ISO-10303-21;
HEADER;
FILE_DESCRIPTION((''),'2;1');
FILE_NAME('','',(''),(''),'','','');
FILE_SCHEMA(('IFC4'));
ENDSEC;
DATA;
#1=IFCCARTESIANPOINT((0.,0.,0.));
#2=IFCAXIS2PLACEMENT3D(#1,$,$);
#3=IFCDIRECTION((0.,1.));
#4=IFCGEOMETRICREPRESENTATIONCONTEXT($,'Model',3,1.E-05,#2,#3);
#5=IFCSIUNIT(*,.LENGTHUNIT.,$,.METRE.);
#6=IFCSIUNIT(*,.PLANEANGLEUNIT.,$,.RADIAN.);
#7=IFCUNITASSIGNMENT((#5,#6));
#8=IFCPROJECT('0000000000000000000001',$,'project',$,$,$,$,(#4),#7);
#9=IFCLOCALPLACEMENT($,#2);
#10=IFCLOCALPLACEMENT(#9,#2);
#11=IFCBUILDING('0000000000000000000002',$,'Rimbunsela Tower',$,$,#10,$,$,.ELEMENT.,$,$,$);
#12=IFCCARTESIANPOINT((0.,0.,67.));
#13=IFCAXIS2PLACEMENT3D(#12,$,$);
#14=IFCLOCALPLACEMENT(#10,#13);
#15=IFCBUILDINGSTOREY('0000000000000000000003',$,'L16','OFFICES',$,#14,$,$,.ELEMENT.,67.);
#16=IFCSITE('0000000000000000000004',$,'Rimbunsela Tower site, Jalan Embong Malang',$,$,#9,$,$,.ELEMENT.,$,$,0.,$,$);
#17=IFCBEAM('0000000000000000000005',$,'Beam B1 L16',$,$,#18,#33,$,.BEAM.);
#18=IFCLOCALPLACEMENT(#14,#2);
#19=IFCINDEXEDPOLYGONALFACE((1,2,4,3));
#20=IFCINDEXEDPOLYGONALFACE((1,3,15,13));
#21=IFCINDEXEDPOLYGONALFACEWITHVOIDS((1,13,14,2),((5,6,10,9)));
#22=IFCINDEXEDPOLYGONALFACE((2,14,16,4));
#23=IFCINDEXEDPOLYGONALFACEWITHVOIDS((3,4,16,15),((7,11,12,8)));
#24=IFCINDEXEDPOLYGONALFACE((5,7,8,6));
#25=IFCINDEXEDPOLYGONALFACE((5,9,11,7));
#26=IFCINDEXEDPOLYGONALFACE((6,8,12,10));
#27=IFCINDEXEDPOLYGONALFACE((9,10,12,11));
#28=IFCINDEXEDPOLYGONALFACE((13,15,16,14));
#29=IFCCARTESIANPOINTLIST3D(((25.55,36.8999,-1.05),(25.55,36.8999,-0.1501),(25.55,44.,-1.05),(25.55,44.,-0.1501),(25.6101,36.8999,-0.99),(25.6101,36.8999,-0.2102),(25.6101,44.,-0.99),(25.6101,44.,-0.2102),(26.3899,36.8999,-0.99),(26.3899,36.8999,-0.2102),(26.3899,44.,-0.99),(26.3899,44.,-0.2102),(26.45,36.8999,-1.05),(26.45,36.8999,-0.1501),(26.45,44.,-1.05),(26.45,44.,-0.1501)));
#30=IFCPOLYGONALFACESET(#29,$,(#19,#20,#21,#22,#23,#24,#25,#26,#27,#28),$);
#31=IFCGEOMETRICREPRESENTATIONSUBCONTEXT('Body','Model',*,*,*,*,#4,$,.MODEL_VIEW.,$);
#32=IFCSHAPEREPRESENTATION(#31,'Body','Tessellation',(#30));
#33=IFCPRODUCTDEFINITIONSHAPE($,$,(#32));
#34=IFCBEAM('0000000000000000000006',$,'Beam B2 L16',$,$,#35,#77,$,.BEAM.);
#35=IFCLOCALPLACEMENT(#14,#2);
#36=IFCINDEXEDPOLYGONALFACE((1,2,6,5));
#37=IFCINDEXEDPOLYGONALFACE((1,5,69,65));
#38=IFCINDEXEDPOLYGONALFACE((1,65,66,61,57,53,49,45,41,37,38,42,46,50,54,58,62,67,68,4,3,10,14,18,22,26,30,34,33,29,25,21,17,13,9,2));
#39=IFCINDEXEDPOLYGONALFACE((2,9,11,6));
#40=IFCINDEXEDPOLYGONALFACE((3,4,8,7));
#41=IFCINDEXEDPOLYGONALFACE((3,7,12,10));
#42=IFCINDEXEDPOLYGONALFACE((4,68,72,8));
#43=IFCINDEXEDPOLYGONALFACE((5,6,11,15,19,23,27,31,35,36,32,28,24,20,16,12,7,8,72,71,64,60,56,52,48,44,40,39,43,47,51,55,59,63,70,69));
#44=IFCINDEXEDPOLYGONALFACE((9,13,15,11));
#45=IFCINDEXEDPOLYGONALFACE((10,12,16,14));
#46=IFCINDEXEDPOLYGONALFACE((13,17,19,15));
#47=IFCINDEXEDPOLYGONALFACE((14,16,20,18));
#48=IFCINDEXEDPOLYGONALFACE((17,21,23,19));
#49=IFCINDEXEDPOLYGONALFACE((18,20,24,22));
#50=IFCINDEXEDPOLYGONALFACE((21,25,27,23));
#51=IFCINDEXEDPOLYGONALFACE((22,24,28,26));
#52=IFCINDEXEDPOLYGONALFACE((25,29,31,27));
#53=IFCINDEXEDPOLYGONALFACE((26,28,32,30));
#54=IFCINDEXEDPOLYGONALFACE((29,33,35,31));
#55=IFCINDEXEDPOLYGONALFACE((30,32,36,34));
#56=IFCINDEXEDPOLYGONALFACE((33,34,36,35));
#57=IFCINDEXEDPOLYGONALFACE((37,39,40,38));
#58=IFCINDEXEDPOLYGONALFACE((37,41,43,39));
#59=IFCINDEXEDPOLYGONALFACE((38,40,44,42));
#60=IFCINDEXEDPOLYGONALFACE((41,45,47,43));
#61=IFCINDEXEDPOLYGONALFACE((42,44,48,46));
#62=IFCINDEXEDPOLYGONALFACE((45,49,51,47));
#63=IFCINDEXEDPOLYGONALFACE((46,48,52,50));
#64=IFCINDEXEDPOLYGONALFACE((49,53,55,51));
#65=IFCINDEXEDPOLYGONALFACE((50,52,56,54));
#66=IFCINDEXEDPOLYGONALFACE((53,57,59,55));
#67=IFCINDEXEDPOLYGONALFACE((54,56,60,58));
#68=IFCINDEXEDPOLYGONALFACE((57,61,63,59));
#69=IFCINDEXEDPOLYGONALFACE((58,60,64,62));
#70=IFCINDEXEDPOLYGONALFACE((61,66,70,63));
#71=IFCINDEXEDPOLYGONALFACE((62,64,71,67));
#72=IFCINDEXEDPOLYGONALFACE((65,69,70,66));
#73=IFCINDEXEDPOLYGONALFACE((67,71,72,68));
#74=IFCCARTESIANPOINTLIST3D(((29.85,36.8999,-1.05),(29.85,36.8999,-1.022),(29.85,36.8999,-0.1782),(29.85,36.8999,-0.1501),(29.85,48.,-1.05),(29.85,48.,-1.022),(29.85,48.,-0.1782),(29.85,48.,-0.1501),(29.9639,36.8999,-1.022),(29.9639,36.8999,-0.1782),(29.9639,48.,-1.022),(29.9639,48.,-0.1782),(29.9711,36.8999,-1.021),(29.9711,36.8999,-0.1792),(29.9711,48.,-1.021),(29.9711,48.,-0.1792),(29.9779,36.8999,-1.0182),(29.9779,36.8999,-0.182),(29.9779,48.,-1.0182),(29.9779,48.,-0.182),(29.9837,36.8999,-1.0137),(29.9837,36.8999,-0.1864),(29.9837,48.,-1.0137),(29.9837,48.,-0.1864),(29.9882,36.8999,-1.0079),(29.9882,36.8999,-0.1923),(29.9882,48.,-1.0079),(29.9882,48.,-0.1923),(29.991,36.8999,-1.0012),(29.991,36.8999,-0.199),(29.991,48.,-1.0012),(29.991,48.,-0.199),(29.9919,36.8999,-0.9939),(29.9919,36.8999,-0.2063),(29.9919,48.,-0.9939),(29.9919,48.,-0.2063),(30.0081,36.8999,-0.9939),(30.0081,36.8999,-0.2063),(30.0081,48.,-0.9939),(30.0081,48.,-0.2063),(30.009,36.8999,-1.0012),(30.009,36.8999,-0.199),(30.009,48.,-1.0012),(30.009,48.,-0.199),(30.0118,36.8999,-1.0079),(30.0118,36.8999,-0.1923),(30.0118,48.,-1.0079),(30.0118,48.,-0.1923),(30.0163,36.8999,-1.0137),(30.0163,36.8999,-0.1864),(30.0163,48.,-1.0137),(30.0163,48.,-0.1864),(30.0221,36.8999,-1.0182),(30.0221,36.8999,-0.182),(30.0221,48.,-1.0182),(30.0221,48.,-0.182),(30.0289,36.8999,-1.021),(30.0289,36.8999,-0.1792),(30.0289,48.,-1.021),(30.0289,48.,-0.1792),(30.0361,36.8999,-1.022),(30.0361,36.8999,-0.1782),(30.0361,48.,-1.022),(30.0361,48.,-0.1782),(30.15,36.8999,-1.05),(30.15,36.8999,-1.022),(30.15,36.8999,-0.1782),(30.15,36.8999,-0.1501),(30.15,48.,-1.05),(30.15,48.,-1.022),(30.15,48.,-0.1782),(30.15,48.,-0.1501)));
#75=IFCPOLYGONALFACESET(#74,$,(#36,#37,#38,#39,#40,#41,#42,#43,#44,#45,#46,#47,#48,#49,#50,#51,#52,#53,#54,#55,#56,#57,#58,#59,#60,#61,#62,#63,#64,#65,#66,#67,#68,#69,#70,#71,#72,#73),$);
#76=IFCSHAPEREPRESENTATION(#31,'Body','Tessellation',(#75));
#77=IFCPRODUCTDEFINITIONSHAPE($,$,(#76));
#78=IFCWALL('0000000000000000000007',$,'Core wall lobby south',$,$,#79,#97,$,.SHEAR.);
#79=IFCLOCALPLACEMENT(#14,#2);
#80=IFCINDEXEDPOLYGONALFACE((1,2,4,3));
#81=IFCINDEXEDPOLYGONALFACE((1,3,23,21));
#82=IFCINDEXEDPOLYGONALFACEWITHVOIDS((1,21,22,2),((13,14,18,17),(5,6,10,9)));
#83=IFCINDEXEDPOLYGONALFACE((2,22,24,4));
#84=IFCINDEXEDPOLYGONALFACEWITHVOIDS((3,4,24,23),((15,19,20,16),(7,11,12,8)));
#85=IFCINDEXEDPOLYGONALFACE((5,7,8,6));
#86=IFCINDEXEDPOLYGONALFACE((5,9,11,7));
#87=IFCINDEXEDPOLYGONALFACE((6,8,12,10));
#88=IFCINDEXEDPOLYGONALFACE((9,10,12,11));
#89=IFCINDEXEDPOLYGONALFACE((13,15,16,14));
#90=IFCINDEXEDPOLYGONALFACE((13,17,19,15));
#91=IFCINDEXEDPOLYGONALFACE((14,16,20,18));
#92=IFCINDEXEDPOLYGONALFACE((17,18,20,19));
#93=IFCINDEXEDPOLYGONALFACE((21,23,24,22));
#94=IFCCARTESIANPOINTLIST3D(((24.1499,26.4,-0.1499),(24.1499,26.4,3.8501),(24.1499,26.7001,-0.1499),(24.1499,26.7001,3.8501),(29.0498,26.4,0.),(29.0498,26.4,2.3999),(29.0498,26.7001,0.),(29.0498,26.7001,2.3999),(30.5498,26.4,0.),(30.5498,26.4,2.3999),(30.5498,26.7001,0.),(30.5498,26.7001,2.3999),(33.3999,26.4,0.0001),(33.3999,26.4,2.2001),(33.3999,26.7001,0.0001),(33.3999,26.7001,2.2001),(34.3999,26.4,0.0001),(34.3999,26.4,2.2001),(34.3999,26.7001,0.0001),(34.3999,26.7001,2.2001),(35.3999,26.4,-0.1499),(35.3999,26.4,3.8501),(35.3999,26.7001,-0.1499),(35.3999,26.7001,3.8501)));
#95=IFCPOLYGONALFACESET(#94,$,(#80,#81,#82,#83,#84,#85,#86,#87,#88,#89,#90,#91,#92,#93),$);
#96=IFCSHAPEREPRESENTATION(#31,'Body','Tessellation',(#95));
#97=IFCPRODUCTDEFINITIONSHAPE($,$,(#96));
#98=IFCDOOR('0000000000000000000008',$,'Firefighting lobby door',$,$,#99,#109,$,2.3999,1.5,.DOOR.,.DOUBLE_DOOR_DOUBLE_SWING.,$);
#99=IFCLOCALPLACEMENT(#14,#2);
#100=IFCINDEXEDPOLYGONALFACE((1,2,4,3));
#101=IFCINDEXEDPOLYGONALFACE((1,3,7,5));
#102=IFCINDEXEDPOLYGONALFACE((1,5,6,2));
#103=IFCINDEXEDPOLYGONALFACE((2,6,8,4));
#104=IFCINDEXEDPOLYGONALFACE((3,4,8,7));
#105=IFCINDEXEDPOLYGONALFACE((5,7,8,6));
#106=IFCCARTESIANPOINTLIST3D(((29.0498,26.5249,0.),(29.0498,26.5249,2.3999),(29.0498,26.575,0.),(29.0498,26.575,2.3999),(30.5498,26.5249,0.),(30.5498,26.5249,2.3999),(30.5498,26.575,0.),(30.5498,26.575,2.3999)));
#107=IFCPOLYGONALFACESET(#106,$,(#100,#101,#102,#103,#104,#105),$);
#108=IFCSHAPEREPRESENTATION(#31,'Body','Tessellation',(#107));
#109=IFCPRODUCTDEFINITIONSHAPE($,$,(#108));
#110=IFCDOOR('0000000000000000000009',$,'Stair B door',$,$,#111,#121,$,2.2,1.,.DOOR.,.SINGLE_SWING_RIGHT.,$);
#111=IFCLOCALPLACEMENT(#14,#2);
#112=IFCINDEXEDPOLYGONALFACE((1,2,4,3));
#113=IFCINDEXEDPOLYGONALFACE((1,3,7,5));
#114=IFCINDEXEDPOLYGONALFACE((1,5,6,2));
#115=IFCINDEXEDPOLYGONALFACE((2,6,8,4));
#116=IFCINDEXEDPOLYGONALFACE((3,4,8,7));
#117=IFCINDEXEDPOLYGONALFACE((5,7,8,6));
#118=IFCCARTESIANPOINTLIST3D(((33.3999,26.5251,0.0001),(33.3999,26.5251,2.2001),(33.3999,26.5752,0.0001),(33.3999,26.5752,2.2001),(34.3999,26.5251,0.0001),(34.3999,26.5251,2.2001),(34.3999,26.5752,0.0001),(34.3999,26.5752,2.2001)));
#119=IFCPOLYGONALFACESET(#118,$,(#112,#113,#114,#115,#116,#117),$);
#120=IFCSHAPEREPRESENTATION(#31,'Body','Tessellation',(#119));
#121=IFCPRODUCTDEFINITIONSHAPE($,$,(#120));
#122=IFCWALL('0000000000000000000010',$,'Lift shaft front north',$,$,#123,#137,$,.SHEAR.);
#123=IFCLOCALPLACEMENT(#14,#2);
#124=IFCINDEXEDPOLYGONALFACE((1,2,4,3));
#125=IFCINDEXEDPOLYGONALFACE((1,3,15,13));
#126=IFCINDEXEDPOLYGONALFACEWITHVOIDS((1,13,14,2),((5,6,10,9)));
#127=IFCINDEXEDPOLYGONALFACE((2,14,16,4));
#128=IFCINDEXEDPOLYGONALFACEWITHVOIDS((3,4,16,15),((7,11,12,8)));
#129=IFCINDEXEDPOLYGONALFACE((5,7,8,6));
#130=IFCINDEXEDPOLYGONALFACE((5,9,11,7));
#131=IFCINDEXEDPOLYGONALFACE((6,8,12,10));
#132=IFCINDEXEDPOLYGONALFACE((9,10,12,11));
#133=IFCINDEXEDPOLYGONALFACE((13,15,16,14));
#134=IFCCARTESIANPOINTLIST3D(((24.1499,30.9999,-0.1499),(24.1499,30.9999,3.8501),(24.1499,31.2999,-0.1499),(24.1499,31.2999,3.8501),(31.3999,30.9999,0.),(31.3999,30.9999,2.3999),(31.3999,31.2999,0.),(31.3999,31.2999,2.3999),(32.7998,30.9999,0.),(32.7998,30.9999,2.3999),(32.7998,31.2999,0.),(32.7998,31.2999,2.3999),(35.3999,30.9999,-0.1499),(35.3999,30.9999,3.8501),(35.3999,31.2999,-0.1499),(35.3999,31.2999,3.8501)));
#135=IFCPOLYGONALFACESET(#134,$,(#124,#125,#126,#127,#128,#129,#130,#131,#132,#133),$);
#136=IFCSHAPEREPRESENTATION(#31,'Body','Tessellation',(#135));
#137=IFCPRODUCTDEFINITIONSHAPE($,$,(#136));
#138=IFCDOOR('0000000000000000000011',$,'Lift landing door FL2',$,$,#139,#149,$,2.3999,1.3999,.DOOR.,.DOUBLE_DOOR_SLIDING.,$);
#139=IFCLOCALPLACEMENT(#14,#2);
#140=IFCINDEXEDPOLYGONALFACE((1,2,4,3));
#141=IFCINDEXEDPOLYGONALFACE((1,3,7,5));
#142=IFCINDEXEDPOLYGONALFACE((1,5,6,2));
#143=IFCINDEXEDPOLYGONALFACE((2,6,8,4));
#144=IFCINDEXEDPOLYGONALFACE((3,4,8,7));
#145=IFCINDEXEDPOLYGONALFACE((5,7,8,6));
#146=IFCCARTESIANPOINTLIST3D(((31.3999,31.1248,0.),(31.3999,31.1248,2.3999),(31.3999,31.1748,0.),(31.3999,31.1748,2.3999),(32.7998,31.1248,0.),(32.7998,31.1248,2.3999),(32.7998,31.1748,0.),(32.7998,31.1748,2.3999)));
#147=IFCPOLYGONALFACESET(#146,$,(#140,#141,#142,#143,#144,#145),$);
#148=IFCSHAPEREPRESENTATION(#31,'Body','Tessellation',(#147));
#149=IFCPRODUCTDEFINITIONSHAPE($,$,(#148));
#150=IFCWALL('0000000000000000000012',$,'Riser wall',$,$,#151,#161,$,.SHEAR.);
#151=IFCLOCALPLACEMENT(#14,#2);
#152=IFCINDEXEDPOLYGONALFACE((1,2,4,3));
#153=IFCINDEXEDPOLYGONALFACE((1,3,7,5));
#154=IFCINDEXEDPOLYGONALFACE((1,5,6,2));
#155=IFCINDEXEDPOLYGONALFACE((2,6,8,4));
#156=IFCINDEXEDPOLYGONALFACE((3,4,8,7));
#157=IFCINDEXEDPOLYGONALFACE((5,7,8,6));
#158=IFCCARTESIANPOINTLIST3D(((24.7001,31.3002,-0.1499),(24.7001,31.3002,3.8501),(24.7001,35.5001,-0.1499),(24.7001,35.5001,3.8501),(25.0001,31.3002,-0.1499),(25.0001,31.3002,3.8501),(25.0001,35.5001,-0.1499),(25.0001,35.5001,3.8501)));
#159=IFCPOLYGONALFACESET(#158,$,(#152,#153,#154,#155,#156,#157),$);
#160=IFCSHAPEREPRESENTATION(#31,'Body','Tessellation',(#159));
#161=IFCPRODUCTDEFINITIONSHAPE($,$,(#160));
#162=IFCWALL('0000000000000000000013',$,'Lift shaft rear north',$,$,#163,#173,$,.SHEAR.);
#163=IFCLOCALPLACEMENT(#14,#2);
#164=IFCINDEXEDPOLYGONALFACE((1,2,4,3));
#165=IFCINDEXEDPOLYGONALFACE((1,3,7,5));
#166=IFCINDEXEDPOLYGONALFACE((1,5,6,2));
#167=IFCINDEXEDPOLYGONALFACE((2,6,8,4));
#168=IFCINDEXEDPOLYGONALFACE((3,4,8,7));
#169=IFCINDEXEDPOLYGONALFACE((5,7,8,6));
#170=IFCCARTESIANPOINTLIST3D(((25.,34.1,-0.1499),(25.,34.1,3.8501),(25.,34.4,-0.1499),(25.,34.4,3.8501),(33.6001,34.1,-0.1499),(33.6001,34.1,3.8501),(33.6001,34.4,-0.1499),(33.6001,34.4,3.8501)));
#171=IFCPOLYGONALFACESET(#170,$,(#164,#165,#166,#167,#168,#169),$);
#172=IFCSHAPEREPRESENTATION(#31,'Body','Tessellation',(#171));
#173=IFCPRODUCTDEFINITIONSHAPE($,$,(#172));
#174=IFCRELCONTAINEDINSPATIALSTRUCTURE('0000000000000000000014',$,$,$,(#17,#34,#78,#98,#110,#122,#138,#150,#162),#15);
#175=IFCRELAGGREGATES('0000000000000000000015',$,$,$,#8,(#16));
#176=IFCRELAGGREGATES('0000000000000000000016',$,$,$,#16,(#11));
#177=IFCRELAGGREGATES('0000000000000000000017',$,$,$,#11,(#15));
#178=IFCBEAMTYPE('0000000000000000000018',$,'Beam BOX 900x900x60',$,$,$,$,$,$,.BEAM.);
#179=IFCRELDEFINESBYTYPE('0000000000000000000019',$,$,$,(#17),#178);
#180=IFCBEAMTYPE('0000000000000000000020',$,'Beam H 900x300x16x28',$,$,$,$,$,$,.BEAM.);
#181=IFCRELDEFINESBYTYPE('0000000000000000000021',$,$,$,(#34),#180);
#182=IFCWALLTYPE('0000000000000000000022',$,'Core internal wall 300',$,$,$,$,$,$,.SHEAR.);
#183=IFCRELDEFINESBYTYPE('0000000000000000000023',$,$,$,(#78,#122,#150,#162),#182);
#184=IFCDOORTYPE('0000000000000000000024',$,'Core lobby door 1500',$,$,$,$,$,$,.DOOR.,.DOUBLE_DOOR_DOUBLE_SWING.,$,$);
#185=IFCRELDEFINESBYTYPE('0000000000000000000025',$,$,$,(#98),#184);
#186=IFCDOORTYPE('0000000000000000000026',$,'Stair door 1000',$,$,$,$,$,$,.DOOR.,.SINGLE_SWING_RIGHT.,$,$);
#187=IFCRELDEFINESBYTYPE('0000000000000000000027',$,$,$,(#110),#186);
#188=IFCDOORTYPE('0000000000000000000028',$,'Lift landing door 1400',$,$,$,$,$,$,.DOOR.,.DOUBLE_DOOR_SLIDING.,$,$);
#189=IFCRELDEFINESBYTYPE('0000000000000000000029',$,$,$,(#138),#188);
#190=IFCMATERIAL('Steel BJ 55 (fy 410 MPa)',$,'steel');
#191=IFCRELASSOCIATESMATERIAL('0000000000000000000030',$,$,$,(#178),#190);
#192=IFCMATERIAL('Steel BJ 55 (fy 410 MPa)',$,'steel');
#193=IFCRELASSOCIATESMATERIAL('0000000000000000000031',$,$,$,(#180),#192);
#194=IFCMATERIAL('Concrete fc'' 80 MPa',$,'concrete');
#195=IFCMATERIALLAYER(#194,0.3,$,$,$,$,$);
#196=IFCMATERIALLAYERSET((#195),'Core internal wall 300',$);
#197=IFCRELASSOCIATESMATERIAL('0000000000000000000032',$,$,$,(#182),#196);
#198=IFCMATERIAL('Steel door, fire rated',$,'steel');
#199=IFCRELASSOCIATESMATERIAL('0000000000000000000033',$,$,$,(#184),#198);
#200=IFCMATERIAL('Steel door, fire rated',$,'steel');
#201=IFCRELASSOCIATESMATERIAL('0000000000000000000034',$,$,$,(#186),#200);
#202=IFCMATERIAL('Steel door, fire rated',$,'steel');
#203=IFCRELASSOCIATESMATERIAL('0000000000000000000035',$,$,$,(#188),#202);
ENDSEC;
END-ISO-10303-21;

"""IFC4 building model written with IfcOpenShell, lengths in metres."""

from ifc_helpers import new_model, si_unit, direction, frame, frame_2d, origin, origin_2d, place, context, subcontext, project, spatial, rectangle, hollow_rectangle, i_section, extrude, material, layer, layer_set, material_profile, profile_set, type_object, element, fill, save


model = new_model("IFC4")

# Units and contexts
model_context = context("Model", 3, precision=1e-05, world=origin(), true_north=direction((0.0, 1.0)))
body_context = subcontext(model_context, "Body", "Model", "MODEL_VIEW")
ifc_project = project(units=[si_unit("LENGTHUNIT", "METRE"), si_unit("PLANEANGLEUNIT", "RADIAN")], contexts=[model_context])

# Site, building, storey
site_placement = place(None, origin())
site = spatial("IfcSite", under=ifc_project, at=site_placement, Name="Rimbunsela Tower site, Jalan Embong Malang", CompositionType="ELEMENT", RefElevation=0.0)
building_placement = place(site_placement, origin())
building = spatial("IfcBuilding", under=site, at=building_placement, Name="Rimbunsela Tower", CompositionType="ELEMENT")
storey_placement = place(building_placement, frame((0.0, 0.0, 67.0)))
storey = spatial("IfcBuildingStorey", under=building, at=storey_placement, Name="L16", Description="OFFICES", CompositionType="ELEMENT", Elevation=67.0)

# Beams
ifc_material_1 = material(Name="Steel BJ 55 (fy 410 MPa)", Category="steel")
ifc_material_profile_1 = material_profile(ifc_material_1, hollow_rectangle(XDim=0.8999, YDim=0.8999, WallThickness=0.0601, at=origin_2d()), Name="BOX 900x900x60")
ifc_profile_set_1 = profile_set([ifc_material_profile_1], Name="Steel BJ 55 (fy 410 MPa)")
beam_type_1 = type_object("IfcBeamType", Name="Beam BOX 900x900x60", PredefinedType="BEAM", material=ifc_profile_set_1)
beam_1_placement = place(storey_placement, frame((26.0, 36.8999, -0.6001), z_axis=(0.0, 1.0, 0.0), x_axis=(-1.0, 0.0, 0.0)))
element("IfcBeam", 1, at=beam_1_placement, inside=storey, type_object=beam_type_1, Name="Beam B1 L16", PredefinedType="BEAM", context=body_context, shape_type="SweptSolid", body=[
    extrude(hollow_rectangle(XDim=0.8999, YDim=0.8999, WallThickness=0.0601, at=origin_2d()), origin(), (0.0, 0.0, 1.0), 7.1001),
])
ifc_material_2 = material(Name="Steel BJ 55 (fy 410 MPa)", Category="steel")
ifc_material_profile_2 = material_profile(ifc_material_2, i_section(OverallWidth=0.3, OverallDepth=0.8999, WebThickness=0.0161, FlangeThickness=0.0281, FilletRadius=0.0281, at=origin_2d()), Name="H 900x300x16x28")
ifc_profile_set_2 = profile_set([ifc_material_profile_2], Name="Steel BJ 55 (fy 410 MPa)")
beam_type_2 = type_object("IfcBeamType", Name="Beam H 900x300x16x28", PredefinedType="BEAM", material=ifc_profile_set_2)
beam_2_placement = place(storey_placement, frame((30.0, 36.8999, -0.6001), z_axis=(0.0, 1.0, 0.0), x_axis=(-1.0, 0.0, 0.0)))
element("IfcBeam", 2, at=beam_2_placement, inside=storey, type_object=beam_type_2, Name="Beam B2 L16", PredefinedType="BEAM", context=body_context, shape_type="SweptSolid", body=[
    extrude(i_section(OverallWidth=0.3, OverallDepth=0.8999, WebThickness=0.0161, FlangeThickness=0.0281, FilletRadius=0.0281, at=origin_2d()), origin(), (0.0, 0.0, 1.0), 11.1001),
])

# Wall, openings, doors
ifc_material_3 = material(Name="Concrete fc' 80 MPa", Category="concrete")
ifc_layer_1 = layer(ifc_material_3, 0.3)
ifc_layer_set_1 = layer_set([ifc_layer_1], Name="Core internal wall 300")
wall_type_1 = type_object("IfcWallType", Name="Core internal wall 300", PredefinedType="SHEAR", material=ifc_layer_set_1)
wall_1_placement = place(storey_placement, frame((24.1499, 26.55, -0.1499), z_axis=(0.0, 0.0, 1.0), x_axis=(1.0, 0.0, 0.0)))
wall_1 = element("IfcWall", 3, at=wall_1_placement, inside=storey, type_object=wall_type_1, Name="Core wall lobby south", PredefinedType="SHEAR", context=body_context, shape_type="SweptSolid", body=[
    extrude(rectangle(XDim=11.25, YDim=0.3, at=frame_2d((5.625, 0.0))), origin(), (0.0, 0.0, 1.0), 4.0),
])
opening_1_placement = place(wall_1_placement, frame((9.25, 0.0, 0.1499)))
opening_1 = element("IfcOpeningElement", 4, at=opening_1_placement, cuts=wall_1, PredefinedType="OPENING", context=body_context, shape_type="SweptSolid", body=[
    extrude(rectangle(XDim=1.0, YDim=2.2, at=frame_2d((0.5, 1.1001))), frame((0.0, 0.1599, 0.0), z_axis=(0.0, -1.0, 0.0), x_axis=(1.0, 0.0, 0.0)), (0.0, 0.0, 1.0), 0.3201),
])
opening_2_placement = place(wall_1_placement, frame((4.8999, 0.0, 0.1499)))
opening_2 = element("IfcOpeningElement", 5, at=opening_2_placement, cuts=wall_1, PredefinedType="OPENING", context=body_context, shape_type="SweptSolid", body=[
    extrude(rectangle(XDim=1.5, YDim=2.3999, at=frame_2d((0.75, 1.2))), frame((0.0, 0.1599, 0.0), z_axis=(0.0, -1.0, 0.0), x_axis=(1.0, 0.0, 0.0)), (0.0, 0.0, 1.0), 0.3201),
])
ifc_material_4 = material(Name="Steel door, fire rated", Category="steel")
door_type_1 = type_object("IfcDoorType", Name="Core lobby door 1500", OperationType="DOUBLE_DOOR_DOUBLE_SWING", PredefinedType="DOOR", material=ifc_material_4)
door_1_placement = place(opening_2_placement, origin())
door_1 = element("IfcDoor", 6, at=door_1_placement, inside=storey, type_object=door_type_1, Name="Firefighting lobby door", OperationType="DOUBLE_DOOR_DOUBLE_SWING", OverallHeight=2.3999, OverallWidth=1.5, PredefinedType="DOOR", context=body_context, shape_type="SweptSolid", body=[
    extrude(rectangle(XDim=1.5, YDim=2.3999, at=frame_2d((0.75, 1.2))), frame((0.0, 0.0249, 0.0), z_axis=(0.0, -1.0, 0.0), x_axis=(1.0, 0.0, 0.0)), (0.0, 0.0, 1.0), 0.05),
])
fill(opening_2, door_1)
ifc_material_5 = material(Name="Steel door, fire rated", Category="steel")
door_type_2 = type_object("IfcDoorType", Name="Stair door 1000", OperationType="SINGLE_SWING_RIGHT", PredefinedType="DOOR", material=ifc_material_5)
door_2_placement = place(opening_1_placement, frame((1.0, 0.0, 0.0), z_axis=(0.0, 0.0, 1.0), x_axis=(-1.0, 0.0, 0.0)))
door_2 = element("IfcDoor", 7, at=door_2_placement, inside=storey, type_object=door_type_2, Name="Stair B door", OperationType="SINGLE_SWING_RIGHT", OverallHeight=2.2, OverallWidth=1.0, PredefinedType="DOOR", context=body_context, shape_type="SweptSolid", body=[
    extrude(rectangle(XDim=1.0, YDim=2.2, at=frame_2d((0.5, 1.1001))), frame((0.0, 0.0249, 0.0), z_axis=(0.0, -1.0, 0.0), x_axis=(1.0, 0.0, 0.0)), (0.0, 0.0, 1.0), 0.05),
])
fill(opening_1, door_2)

# Wall, opening, door
wall_2_placement = place(storey_placement, frame((24.1499, 31.1499, -0.1499), z_axis=(0.0, 0.0, 1.0), x_axis=(1.0, 0.0, 0.0)))
wall_2 = element("IfcWall", 8, at=wall_2_placement, inside=storey, type_object=wall_type_1, Name="Lift shaft front north", PredefinedType="SHEAR", context=body_context, shape_type="SweptSolid", body=[
    extrude(rectangle(XDim=11.25, YDim=0.3, at=frame_2d((5.625, 0.0))), origin(), (0.0, 0.0, 1.0), 4.0),
])
opening_3_placement = place(wall_2_placement, frame((7.25, 0.0, 0.1499)))
opening_3 = element("IfcOpeningElement", 9, at=opening_3_placement, cuts=wall_2, PredefinedType="OPENING", context=body_context, shape_type="SweptSolid", body=[
    extrude(rectangle(XDim=1.3999, YDim=2.3999, at=frame_2d((0.7, 1.2))), frame((0.0, 0.1599, 0.0), z_axis=(0.0, -1.0, 0.0), x_axis=(1.0, 0.0, 0.0)), (0.0, 0.0, 1.0), 0.3201),
])
ifc_material_6 = material(Name="Steel door, fire rated", Category="steel")
door_type_3 = type_object("IfcDoorType", Name="Lift landing door 1400", OperationType="DOUBLE_DOOR_SLIDING", PredefinedType="DOOR", material=ifc_material_6)
door_3_placement = place(opening_3_placement, origin())
door_3 = element("IfcDoor", 10, at=door_3_placement, inside=storey, type_object=door_type_3, Name="Lift landing door FL2", OperationType="DOUBLE_DOOR_SLIDING", OverallHeight=2.3999, OverallWidth=1.3999, PredefinedType="DOOR", context=body_context, shape_type="SweptSolid", body=[
    extrude(rectangle(XDim=1.3999, YDim=2.3999, at=frame_2d((0.7, 1.2))), frame((0.0, 0.0249, 0.0), z_axis=(0.0, -1.0, 0.0), x_axis=(1.0, 0.0, 0.0)), (0.0, 0.0, 1.0), 0.05),
])
fill(opening_3, door_3)

# Walls
wall_3_placement = place(storey_placement, frame((24.8501, 31.3, -0.1499), z_axis=(0.0, 0.0, 1.0), x_axis=(0.0, 1.0, 0.0)))
element("IfcWall", 11, at=wall_3_placement, inside=storey, type_object=wall_type_1, Name="Riser wall", PredefinedType="SHEAR", context=body_context, shape_type="SweptSolid", body=[
    extrude(rectangle(XDim=4.2, YDim=0.3, at=frame_2d((2.1001, 0.0))), origin(), (0.0, 0.0, 1.0), 4.0),
])
wall_4_placement = place(storey_placement, frame((25.0, 34.25, -0.1499), z_axis=(0.0, 0.0, 1.0), x_axis=(1.0, 0.0, 0.0)))
element("IfcWall", 12, at=wall_4_placement, inside=storey, type_object=wall_type_1, Name="Lift shaft rear north", PredefinedType="SHEAR", context=body_context, shape_type="SweptSolid", body=[
    extrude(rectangle(XDim=8.6001, YDim=0.3, at=frame_2d((4.3, 0.0))), origin(), (0.0, 0.0, 1.0), 4.0),
])

save(model, "model.ifc")
